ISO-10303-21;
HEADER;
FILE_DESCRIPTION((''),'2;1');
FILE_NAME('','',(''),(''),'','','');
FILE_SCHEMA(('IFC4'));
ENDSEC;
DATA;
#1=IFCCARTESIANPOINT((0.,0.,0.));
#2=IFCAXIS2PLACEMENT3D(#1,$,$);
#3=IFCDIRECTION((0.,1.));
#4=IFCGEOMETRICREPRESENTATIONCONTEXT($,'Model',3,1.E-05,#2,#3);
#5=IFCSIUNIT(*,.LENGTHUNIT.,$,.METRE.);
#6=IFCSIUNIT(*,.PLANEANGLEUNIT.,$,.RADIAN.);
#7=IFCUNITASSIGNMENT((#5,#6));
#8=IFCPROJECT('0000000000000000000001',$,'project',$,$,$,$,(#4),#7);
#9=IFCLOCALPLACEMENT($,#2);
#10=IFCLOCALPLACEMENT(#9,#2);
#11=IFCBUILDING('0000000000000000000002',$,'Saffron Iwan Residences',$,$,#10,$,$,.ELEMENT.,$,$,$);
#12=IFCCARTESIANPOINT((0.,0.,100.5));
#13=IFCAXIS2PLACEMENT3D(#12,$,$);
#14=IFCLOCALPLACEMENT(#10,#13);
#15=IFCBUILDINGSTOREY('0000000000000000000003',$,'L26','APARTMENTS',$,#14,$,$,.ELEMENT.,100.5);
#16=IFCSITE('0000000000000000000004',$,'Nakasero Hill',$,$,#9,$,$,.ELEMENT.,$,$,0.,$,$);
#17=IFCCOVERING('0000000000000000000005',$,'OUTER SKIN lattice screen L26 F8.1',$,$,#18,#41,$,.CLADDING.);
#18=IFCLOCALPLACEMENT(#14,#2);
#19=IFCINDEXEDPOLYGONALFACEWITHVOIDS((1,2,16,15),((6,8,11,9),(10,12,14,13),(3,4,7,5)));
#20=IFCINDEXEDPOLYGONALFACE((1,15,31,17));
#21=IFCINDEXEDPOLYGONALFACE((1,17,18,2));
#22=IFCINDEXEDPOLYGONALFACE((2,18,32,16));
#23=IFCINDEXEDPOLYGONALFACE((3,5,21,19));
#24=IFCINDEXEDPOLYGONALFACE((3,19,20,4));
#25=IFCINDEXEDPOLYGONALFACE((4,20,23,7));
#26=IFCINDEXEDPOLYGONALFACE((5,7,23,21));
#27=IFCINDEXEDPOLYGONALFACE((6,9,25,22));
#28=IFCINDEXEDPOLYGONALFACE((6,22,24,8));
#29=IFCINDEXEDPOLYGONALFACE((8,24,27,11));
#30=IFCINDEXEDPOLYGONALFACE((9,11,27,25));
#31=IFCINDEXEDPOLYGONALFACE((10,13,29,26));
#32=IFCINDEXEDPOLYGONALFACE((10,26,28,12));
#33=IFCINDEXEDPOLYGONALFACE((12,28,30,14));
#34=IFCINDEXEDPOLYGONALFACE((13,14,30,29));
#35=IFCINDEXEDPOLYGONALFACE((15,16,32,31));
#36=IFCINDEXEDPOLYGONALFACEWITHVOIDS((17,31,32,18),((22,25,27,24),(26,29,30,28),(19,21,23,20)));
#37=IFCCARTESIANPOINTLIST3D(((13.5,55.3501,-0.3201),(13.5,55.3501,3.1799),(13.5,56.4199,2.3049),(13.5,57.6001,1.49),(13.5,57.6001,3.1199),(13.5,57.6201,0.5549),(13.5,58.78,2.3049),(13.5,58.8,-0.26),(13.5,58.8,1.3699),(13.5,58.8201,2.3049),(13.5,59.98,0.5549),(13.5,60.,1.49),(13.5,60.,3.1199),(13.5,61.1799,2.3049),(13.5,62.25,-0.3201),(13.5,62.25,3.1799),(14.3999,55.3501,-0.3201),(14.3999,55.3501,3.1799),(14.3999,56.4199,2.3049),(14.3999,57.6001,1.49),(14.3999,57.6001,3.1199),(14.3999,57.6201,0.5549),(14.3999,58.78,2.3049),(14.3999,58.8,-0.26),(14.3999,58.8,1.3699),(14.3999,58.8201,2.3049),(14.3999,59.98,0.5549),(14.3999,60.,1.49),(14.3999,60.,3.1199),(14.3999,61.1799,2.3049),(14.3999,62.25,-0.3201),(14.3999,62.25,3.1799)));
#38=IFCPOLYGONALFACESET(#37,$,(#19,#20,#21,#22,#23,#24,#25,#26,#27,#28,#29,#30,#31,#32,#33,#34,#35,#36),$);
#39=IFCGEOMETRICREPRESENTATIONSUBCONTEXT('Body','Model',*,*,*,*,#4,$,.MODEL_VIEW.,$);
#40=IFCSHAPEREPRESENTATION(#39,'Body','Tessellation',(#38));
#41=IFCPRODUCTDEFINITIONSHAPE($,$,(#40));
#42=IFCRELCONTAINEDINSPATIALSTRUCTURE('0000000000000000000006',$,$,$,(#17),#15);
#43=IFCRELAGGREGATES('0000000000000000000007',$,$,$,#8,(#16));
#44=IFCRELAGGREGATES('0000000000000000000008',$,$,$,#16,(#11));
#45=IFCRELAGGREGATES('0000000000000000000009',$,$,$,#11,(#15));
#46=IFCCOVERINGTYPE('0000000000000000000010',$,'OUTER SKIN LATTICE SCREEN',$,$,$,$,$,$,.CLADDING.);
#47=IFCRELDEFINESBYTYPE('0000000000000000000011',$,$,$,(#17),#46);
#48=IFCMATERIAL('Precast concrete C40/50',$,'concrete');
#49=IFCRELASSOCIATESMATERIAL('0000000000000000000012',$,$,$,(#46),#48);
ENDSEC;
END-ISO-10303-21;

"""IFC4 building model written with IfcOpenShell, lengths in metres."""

from ifc_helpers import new_model, si_unit, direction, frame, origin, place, context, subcontext, project, spatial, polyline, outline, extrude, material, type_object, element, save


model = new_model("IFC4")

# Units and contexts
model_context = context("Model", 3, precision=1e-05, world=origin(), true_north=direction((0.0, 1.0)))
body_context = subcontext(model_context, "Body", "Model", "MODEL_VIEW")
ifc_project = project(units=[si_unit("LENGTHUNIT", "METRE"), si_unit("PLANEANGLEUNIT", "RADIAN")], contexts=[model_context])

# Site, building, storey
site_placement = place(None, origin())
site = spatial("IfcSite", under=ifc_project, at=site_placement, Name="Nakasero Hill", CompositionType="ELEMENT", RefElevation=0.0)
building_placement = place(site_placement, origin())
building = spatial("IfcBuilding", under=site, at=building_placement, Name="Saffron Iwan Residences", CompositionType="ELEMENT")
storey_placement = place(building_placement, frame((0.0, 0.0, 100.5)))
storey = spatial("IfcBuildingStorey", under=building, at=storey_placement, Name="L26", Description="APARTMENTS", CompositionType="ELEMENT", Elevation=100.5)

# Covering
ifc_material_1 = material(Name="Precast concrete C40/50", Category="concrete")
covering_type = type_object("IfcCoveringType", Name="OUTER SKIN LATTICE SCREEN", PredefinedType="CLADDING", material=ifc_material_1)
covering_placement = place(storey_placement, frame((14.3999, 62.25, -0.3201), z_axis=(-1.0, 0.0, 0.0), x_axis=(0.0, -1.0, 0.0)))
element("IfcCovering", 1, at=covering_placement, inside=storey, type_object=covering_type, Name="OUTER SKIN lattice screen L26 F8.1", PredefinedType="CLADDING", context=body_context, shape_type="SweptSolid", body=[
    extrude(outline(polyline([(0.0, 0.0), (6.8999, 0.0), (6.8999, 3.5), (0.0, 3.5), (0.0, 0.0)]), holes=[polyline([(2.27, 0.875), (3.45, 0.0601), (4.6299, 0.875), (3.45, 1.6899), (2.27, 0.875)]), polyline([(1.0701, 2.625), (2.25, 1.8101), (3.4299, 2.625), (2.25, 3.4399), (1.0701, 2.625)]), polyline([(3.47, 2.625), (4.6499, 1.8101), (5.8301, 2.625), (4.6499, 3.4399), (3.47, 2.625)])]), origin(), (0.0, 0.0, 1.0), 0.8999),
])

save(model, "model.ifc")
